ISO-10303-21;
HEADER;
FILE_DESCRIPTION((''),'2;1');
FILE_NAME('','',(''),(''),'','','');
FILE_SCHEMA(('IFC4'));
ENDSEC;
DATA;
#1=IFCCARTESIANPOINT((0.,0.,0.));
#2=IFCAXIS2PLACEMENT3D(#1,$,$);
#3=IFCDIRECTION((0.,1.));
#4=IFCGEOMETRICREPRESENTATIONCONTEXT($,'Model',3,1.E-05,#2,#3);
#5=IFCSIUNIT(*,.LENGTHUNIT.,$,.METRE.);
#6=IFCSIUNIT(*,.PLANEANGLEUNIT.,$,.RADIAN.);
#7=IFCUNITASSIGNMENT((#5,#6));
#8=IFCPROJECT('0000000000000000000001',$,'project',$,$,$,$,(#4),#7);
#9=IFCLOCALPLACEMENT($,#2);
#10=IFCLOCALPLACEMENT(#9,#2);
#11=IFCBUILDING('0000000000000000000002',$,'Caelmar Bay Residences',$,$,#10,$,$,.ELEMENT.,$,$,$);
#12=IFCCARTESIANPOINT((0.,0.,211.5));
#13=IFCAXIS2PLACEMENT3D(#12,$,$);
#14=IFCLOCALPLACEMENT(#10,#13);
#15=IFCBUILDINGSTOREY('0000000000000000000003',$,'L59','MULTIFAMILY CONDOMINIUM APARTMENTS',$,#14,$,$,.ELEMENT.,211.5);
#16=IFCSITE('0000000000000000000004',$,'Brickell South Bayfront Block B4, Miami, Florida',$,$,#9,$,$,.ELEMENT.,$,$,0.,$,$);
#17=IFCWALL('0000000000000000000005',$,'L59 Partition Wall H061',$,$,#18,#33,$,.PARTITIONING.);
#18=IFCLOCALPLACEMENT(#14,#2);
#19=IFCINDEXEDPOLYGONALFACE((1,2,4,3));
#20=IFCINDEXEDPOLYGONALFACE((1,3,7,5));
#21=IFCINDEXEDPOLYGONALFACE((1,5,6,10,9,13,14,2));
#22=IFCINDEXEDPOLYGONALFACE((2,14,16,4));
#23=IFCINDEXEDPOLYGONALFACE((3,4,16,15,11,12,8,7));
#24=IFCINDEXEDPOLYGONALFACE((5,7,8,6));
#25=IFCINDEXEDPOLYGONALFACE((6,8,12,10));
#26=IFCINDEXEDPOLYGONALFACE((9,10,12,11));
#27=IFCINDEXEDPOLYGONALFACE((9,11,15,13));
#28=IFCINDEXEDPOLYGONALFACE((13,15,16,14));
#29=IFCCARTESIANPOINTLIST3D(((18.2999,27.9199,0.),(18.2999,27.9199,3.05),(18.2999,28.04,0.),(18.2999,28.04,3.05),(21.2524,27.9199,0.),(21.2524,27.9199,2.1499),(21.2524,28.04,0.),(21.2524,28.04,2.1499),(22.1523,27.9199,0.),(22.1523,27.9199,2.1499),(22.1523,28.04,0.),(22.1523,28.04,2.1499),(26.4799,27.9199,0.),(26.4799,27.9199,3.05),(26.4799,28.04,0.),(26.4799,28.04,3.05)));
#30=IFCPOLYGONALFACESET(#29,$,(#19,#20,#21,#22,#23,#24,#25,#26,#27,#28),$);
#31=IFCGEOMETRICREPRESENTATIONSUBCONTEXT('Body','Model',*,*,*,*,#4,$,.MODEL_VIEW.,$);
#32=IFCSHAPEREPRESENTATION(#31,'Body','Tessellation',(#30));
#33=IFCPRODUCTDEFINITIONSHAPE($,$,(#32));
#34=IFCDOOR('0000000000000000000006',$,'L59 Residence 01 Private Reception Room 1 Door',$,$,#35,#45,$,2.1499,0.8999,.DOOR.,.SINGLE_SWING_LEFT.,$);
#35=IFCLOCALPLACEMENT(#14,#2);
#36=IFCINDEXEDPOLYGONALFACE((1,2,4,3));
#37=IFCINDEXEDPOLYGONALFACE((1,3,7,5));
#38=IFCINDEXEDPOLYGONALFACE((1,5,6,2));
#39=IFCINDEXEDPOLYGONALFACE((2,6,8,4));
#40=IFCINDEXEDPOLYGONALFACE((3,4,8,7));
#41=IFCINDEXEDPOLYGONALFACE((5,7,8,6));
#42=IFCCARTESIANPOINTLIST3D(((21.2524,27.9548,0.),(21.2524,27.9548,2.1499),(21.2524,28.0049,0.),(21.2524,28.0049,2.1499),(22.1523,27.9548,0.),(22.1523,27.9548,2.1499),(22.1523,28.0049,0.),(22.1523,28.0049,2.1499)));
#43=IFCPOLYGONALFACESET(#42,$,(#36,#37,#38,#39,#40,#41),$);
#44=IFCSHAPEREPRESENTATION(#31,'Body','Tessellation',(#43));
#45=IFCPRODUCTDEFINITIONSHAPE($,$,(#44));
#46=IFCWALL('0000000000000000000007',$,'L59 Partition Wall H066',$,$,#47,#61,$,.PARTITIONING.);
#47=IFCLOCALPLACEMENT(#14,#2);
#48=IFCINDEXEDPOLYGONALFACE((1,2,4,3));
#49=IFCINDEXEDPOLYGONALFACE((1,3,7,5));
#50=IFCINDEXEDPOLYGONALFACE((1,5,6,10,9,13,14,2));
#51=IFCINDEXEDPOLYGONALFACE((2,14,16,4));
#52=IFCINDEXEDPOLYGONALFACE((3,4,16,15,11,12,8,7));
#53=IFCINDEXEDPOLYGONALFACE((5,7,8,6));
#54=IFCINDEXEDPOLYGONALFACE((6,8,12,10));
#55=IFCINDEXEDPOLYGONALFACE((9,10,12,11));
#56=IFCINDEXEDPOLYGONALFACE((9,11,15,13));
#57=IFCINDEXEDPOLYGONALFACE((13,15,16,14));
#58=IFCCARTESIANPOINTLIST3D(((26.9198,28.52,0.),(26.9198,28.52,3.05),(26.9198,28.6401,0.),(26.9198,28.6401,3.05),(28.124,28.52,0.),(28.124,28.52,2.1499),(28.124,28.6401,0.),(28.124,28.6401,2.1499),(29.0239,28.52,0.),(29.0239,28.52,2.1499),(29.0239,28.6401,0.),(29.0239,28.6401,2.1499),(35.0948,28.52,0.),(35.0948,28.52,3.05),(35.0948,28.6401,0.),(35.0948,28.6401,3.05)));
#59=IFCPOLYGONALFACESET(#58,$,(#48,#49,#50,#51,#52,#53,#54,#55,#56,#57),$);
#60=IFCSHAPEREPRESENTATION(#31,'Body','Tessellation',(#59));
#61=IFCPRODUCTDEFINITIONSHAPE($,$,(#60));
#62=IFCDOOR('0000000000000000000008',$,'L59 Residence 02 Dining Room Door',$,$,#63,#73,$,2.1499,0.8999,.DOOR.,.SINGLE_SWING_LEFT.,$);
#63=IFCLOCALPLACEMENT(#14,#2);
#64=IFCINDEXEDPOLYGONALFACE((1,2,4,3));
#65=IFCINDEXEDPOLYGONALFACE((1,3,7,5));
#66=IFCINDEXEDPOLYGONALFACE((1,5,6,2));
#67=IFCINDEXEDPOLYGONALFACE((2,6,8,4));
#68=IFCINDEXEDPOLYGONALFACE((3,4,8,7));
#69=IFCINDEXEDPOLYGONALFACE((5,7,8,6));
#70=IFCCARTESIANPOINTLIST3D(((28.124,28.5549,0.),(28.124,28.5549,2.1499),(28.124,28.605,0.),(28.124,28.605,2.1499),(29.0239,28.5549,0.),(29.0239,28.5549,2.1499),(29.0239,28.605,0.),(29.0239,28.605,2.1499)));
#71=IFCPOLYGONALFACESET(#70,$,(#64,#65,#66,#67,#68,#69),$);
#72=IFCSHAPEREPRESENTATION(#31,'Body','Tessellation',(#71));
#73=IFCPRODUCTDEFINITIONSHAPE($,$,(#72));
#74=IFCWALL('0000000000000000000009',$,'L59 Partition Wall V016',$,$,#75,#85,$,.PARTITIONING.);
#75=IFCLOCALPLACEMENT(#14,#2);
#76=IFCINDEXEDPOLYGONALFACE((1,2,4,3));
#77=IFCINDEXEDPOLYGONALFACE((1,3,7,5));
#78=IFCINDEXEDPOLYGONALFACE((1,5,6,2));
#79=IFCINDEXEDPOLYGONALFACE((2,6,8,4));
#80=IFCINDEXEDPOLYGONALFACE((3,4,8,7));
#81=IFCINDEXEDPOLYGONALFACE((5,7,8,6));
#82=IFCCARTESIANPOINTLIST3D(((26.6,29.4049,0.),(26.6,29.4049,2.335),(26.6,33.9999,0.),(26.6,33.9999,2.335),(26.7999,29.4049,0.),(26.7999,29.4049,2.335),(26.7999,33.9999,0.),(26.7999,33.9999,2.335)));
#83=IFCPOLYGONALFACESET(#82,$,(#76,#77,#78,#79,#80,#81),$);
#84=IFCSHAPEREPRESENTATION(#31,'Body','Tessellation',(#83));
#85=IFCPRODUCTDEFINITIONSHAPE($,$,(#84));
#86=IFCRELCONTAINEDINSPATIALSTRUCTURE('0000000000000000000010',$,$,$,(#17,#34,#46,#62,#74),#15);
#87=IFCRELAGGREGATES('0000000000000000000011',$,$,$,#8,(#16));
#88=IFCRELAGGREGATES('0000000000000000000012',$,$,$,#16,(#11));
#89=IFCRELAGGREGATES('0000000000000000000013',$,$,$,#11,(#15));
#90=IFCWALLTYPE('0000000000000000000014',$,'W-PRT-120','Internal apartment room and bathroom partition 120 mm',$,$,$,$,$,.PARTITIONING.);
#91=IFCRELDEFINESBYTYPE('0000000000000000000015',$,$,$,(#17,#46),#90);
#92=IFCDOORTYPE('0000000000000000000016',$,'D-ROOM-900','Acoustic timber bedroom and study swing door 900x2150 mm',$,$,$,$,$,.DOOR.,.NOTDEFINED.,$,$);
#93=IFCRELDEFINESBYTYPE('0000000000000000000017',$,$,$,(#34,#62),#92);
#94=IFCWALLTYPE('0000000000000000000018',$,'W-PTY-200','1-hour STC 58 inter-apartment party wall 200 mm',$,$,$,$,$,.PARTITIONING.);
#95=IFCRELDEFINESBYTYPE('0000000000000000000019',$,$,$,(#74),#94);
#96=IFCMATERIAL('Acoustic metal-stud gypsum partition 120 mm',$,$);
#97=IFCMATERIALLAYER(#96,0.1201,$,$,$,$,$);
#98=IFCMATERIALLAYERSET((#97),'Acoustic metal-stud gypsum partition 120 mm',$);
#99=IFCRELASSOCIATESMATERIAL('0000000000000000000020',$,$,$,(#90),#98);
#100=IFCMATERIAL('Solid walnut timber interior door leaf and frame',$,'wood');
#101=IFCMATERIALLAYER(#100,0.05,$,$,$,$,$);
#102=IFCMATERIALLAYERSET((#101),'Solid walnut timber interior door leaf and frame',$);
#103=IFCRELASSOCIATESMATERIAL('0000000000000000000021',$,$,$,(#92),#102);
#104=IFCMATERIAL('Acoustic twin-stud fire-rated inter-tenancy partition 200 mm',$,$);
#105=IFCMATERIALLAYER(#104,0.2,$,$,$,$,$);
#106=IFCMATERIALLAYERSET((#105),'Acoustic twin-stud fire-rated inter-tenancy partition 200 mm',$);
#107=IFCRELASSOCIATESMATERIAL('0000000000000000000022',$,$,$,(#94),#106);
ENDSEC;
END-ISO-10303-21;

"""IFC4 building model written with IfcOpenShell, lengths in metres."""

from ifc_helpers import new_model, si_unit, direction, frame, frame_2d, origin, place, context, subcontext, project, spatial, rectangle, extrude, material, layer, layer_set, type_object, element, fill, save


model = new_model("IFC4")

# Units and contexts
model_context = context("Model", 3, precision=1e-05, world=origin(), true_north=direction((0.0, 1.0)))
body_context = subcontext(model_context, "Body", "Model", "MODEL_VIEW")
ifc_project = project(units=[si_unit("LENGTHUNIT", "METRE"), si_unit("PLANEANGLEUNIT", "RADIAN")], contexts=[model_context])

# Site, building, storey
site_placement = place(None, origin())
site = spatial("IfcSite", under=ifc_project, at=site_placement, Name="Brickell South Bayfront Block B4, Miami, Florida", CompositionType="ELEMENT", RefElevation=0.0)
building_placement = place(site_placement, origin())
building = spatial("IfcBuilding", under=site, at=building_placement, Name="Caelmar Bay Residences", CompositionType="ELEMENT")
storey_placement = place(building_placement, frame((0.0, 0.0, 211.5)))
storey = spatial("IfcBuildingStorey", under=building, at=storey_placement, Name="L59", Description="MULTIFAMILY CONDOMINIUM APARTMENTS", CompositionType="ELEMENT", Elevation=211.5)

# Walls, openings, doors
ifc_material_1 = material(Name="Acoustic metal-stud gypsum partition 120 mm")
ifc_layer_1 = layer(ifc_material_1, 0.1201)
ifc_layer_set_1 = layer_set([ifc_layer_1], Name="Acoustic metal-stud gypsum partition 120 mm")
wall_type_1 = type_object("IfcWallType", Name="W-PRT-120", Description="Internal apartment room and bathroom partition 120 mm", PredefinedType="PARTITIONING", material=ifc_layer_set_1)
ifc_material_2 = material(Name="Solid walnut timber interior door leaf and frame", Category="wood")
ifc_layer_2 = layer(ifc_material_2, 0.05)
ifc_layer_set_2 = layer_set([ifc_layer_2], Name="Solid walnut timber interior door leaf and frame")
door_type_1 = type_object("IfcDoorType", Name="D-ROOM-900", Description="Acoustic timber bedroom and study swing door 900x2150 mm", OperationType="NOTDEFINED", PredefinedType="DOOR", material=ifc_layer_set_2)
wall_1_placement = place(storey_placement, frame((18.3, 27.98, 0.0), z_axis=(0.0, 0.0, 1.0), x_axis=(1.0, 0.0, 0.0)))
wall_1 = element("IfcWall", 1, at=wall_1_placement, inside=storey, type_object=wall_type_1, Name="L59 Partition Wall H061", PredefinedType="PARTITIONING", context=body_context, shape_type="SweptSolid", body=[
    extrude(rectangle(XDim=8.1799, YDim=0.1201, at=frame_2d((4.0898, 0.0))), origin(), (0.0, 0.0, 1.0), 3.05),
])
opening_1_placement = place(wall_1_placement, frame((2.9524, 0.0, 0.0)))
opening_1 = element("IfcOpeningElement", 2, at=opening_1_placement, cuts=wall_1, PredefinedType="OPENING", context=body_context, shape_type="SweptSolid", body=[
    extrude(rectangle(XDim=0.8999, YDim=2.1499, at=frame_2d((0.45, 1.075))), frame((0.0, 0.0701, 0.0), z_axis=(0.0, -1.0, 0.0), x_axis=(1.0, 0.0, 0.0)), (0.0, 0.0, 1.0), 0.1401),
])
door_1_placement = place(opening_1_placement, origin())
door_1 = element("IfcDoor", 3, at=door_1_placement, inside=storey, type_object=door_type_1, Name="L59 Residence 01 Private Reception Room 1 Door", OperationType="SINGLE_SWING_LEFT", OverallHeight=2.1499, OverallWidth=0.8999, PredefinedType="DOOR", context=body_context, shape_type="SweptSolid", body=[
    extrude(rectangle(XDim=0.8999, YDim=2.1499, at=frame_2d((0.45, 1.075))), frame((0.0, 0.0249, 0.0), z_axis=(0.0, -1.0, 0.0), x_axis=(1.0, 0.0, 0.0)), (0.0, 0.0, 1.0), 0.05),
])
fill(opening_1, door_1)
wall_2_placement = place(storey_placement, frame((26.9199, 28.5801, 0.0), z_axis=(0.0, 0.0, 1.0), x_axis=(1.0, 0.0, 0.0)))
wall_2 = element("IfcWall", 4, at=wall_2_placement, inside=storey, type_object=wall_type_1, Name="L59 Partition Wall H066", PredefinedType="PARTITIONING", context=body_context, shape_type="SweptSolid", body=[
    extrude(rectangle(XDim=8.175, YDim=0.1201, at=frame_2d((4.0874, 0.0))), origin(), (0.0, 0.0, 1.0), 3.05),
])
opening_2_placement = place(wall_2_placement, frame((1.2041, 0.0, 0.0)))
opening_2 = element("IfcOpeningElement", 5, at=opening_2_placement, cuts=wall_2, PredefinedType="OPENING", context=body_context, shape_type="SweptSolid", body=[
    extrude(rectangle(XDim=0.8999, YDim=2.1499, at=frame_2d((0.45, 1.075))), frame((0.0, 0.0701, 0.0), z_axis=(0.0, -1.0, 0.0), x_axis=(1.0, 0.0, 0.0)), (0.0, 0.0, 1.0), 0.1401),
])
door_2_placement = place(opening_2_placement, origin())
door_2 = element("IfcDoor", 6, at=door_2_placement, inside=storey, type_object=door_type_1, Name="L59 Residence 02 Dining Room Door", OperationType="SINGLE_SWING_LEFT", OverallHeight=2.1499, OverallWidth=0.8999, PredefinedType="DOOR", context=body_context, shape_type="SweptSolid", body=[
    extrude(rectangle(XDim=0.8999, YDim=2.1499, at=frame_2d((0.45, 1.075))), frame((0.0, 0.0249, 0.0), z_axis=(0.0, -1.0, 0.0), x_axis=(1.0, 0.0, 0.0)), (0.0, 0.0, 1.0), 0.05),
])
fill(opening_2, door_2)

# Wall
ifc_material_3 = material(Name="Acoustic twin-stud fire-rated inter-tenancy partition 200 mm")
ifc_layer_3 = layer(ifc_material_3, 0.2)
ifc_layer_set_3 = layer_set([ifc_layer_3], Name="Acoustic twin-stud fire-rated inter-tenancy partition 200 mm")
wall_type_2 = type_object("IfcWallType", Name="W-PTY-200", Description="1-hour STC 58 inter-apartment party wall 200 mm", PredefinedType="PARTITIONING", material=ifc_layer_set_3)
wall_3_placement = place(storey_placement, frame((26.7, 29.405, 0.0), z_axis=(0.0, 0.0, 1.0), x_axis=(0.0, 1.0, 0.0)))
element("IfcWall", 7, at=wall_3_placement, inside=storey, type_object=wall_type_2, Name="L59 Partition Wall V016", PredefinedType="PARTITIONING", context=body_context, shape_type="SweptSolid", body=[
    extrude(rectangle(XDim=4.595, YDim=0.2, at=frame_2d((2.2974, 0.0))), origin(), (0.0, 0.0, 1.0), 2.335),
])

save(model, "model.ifc")
